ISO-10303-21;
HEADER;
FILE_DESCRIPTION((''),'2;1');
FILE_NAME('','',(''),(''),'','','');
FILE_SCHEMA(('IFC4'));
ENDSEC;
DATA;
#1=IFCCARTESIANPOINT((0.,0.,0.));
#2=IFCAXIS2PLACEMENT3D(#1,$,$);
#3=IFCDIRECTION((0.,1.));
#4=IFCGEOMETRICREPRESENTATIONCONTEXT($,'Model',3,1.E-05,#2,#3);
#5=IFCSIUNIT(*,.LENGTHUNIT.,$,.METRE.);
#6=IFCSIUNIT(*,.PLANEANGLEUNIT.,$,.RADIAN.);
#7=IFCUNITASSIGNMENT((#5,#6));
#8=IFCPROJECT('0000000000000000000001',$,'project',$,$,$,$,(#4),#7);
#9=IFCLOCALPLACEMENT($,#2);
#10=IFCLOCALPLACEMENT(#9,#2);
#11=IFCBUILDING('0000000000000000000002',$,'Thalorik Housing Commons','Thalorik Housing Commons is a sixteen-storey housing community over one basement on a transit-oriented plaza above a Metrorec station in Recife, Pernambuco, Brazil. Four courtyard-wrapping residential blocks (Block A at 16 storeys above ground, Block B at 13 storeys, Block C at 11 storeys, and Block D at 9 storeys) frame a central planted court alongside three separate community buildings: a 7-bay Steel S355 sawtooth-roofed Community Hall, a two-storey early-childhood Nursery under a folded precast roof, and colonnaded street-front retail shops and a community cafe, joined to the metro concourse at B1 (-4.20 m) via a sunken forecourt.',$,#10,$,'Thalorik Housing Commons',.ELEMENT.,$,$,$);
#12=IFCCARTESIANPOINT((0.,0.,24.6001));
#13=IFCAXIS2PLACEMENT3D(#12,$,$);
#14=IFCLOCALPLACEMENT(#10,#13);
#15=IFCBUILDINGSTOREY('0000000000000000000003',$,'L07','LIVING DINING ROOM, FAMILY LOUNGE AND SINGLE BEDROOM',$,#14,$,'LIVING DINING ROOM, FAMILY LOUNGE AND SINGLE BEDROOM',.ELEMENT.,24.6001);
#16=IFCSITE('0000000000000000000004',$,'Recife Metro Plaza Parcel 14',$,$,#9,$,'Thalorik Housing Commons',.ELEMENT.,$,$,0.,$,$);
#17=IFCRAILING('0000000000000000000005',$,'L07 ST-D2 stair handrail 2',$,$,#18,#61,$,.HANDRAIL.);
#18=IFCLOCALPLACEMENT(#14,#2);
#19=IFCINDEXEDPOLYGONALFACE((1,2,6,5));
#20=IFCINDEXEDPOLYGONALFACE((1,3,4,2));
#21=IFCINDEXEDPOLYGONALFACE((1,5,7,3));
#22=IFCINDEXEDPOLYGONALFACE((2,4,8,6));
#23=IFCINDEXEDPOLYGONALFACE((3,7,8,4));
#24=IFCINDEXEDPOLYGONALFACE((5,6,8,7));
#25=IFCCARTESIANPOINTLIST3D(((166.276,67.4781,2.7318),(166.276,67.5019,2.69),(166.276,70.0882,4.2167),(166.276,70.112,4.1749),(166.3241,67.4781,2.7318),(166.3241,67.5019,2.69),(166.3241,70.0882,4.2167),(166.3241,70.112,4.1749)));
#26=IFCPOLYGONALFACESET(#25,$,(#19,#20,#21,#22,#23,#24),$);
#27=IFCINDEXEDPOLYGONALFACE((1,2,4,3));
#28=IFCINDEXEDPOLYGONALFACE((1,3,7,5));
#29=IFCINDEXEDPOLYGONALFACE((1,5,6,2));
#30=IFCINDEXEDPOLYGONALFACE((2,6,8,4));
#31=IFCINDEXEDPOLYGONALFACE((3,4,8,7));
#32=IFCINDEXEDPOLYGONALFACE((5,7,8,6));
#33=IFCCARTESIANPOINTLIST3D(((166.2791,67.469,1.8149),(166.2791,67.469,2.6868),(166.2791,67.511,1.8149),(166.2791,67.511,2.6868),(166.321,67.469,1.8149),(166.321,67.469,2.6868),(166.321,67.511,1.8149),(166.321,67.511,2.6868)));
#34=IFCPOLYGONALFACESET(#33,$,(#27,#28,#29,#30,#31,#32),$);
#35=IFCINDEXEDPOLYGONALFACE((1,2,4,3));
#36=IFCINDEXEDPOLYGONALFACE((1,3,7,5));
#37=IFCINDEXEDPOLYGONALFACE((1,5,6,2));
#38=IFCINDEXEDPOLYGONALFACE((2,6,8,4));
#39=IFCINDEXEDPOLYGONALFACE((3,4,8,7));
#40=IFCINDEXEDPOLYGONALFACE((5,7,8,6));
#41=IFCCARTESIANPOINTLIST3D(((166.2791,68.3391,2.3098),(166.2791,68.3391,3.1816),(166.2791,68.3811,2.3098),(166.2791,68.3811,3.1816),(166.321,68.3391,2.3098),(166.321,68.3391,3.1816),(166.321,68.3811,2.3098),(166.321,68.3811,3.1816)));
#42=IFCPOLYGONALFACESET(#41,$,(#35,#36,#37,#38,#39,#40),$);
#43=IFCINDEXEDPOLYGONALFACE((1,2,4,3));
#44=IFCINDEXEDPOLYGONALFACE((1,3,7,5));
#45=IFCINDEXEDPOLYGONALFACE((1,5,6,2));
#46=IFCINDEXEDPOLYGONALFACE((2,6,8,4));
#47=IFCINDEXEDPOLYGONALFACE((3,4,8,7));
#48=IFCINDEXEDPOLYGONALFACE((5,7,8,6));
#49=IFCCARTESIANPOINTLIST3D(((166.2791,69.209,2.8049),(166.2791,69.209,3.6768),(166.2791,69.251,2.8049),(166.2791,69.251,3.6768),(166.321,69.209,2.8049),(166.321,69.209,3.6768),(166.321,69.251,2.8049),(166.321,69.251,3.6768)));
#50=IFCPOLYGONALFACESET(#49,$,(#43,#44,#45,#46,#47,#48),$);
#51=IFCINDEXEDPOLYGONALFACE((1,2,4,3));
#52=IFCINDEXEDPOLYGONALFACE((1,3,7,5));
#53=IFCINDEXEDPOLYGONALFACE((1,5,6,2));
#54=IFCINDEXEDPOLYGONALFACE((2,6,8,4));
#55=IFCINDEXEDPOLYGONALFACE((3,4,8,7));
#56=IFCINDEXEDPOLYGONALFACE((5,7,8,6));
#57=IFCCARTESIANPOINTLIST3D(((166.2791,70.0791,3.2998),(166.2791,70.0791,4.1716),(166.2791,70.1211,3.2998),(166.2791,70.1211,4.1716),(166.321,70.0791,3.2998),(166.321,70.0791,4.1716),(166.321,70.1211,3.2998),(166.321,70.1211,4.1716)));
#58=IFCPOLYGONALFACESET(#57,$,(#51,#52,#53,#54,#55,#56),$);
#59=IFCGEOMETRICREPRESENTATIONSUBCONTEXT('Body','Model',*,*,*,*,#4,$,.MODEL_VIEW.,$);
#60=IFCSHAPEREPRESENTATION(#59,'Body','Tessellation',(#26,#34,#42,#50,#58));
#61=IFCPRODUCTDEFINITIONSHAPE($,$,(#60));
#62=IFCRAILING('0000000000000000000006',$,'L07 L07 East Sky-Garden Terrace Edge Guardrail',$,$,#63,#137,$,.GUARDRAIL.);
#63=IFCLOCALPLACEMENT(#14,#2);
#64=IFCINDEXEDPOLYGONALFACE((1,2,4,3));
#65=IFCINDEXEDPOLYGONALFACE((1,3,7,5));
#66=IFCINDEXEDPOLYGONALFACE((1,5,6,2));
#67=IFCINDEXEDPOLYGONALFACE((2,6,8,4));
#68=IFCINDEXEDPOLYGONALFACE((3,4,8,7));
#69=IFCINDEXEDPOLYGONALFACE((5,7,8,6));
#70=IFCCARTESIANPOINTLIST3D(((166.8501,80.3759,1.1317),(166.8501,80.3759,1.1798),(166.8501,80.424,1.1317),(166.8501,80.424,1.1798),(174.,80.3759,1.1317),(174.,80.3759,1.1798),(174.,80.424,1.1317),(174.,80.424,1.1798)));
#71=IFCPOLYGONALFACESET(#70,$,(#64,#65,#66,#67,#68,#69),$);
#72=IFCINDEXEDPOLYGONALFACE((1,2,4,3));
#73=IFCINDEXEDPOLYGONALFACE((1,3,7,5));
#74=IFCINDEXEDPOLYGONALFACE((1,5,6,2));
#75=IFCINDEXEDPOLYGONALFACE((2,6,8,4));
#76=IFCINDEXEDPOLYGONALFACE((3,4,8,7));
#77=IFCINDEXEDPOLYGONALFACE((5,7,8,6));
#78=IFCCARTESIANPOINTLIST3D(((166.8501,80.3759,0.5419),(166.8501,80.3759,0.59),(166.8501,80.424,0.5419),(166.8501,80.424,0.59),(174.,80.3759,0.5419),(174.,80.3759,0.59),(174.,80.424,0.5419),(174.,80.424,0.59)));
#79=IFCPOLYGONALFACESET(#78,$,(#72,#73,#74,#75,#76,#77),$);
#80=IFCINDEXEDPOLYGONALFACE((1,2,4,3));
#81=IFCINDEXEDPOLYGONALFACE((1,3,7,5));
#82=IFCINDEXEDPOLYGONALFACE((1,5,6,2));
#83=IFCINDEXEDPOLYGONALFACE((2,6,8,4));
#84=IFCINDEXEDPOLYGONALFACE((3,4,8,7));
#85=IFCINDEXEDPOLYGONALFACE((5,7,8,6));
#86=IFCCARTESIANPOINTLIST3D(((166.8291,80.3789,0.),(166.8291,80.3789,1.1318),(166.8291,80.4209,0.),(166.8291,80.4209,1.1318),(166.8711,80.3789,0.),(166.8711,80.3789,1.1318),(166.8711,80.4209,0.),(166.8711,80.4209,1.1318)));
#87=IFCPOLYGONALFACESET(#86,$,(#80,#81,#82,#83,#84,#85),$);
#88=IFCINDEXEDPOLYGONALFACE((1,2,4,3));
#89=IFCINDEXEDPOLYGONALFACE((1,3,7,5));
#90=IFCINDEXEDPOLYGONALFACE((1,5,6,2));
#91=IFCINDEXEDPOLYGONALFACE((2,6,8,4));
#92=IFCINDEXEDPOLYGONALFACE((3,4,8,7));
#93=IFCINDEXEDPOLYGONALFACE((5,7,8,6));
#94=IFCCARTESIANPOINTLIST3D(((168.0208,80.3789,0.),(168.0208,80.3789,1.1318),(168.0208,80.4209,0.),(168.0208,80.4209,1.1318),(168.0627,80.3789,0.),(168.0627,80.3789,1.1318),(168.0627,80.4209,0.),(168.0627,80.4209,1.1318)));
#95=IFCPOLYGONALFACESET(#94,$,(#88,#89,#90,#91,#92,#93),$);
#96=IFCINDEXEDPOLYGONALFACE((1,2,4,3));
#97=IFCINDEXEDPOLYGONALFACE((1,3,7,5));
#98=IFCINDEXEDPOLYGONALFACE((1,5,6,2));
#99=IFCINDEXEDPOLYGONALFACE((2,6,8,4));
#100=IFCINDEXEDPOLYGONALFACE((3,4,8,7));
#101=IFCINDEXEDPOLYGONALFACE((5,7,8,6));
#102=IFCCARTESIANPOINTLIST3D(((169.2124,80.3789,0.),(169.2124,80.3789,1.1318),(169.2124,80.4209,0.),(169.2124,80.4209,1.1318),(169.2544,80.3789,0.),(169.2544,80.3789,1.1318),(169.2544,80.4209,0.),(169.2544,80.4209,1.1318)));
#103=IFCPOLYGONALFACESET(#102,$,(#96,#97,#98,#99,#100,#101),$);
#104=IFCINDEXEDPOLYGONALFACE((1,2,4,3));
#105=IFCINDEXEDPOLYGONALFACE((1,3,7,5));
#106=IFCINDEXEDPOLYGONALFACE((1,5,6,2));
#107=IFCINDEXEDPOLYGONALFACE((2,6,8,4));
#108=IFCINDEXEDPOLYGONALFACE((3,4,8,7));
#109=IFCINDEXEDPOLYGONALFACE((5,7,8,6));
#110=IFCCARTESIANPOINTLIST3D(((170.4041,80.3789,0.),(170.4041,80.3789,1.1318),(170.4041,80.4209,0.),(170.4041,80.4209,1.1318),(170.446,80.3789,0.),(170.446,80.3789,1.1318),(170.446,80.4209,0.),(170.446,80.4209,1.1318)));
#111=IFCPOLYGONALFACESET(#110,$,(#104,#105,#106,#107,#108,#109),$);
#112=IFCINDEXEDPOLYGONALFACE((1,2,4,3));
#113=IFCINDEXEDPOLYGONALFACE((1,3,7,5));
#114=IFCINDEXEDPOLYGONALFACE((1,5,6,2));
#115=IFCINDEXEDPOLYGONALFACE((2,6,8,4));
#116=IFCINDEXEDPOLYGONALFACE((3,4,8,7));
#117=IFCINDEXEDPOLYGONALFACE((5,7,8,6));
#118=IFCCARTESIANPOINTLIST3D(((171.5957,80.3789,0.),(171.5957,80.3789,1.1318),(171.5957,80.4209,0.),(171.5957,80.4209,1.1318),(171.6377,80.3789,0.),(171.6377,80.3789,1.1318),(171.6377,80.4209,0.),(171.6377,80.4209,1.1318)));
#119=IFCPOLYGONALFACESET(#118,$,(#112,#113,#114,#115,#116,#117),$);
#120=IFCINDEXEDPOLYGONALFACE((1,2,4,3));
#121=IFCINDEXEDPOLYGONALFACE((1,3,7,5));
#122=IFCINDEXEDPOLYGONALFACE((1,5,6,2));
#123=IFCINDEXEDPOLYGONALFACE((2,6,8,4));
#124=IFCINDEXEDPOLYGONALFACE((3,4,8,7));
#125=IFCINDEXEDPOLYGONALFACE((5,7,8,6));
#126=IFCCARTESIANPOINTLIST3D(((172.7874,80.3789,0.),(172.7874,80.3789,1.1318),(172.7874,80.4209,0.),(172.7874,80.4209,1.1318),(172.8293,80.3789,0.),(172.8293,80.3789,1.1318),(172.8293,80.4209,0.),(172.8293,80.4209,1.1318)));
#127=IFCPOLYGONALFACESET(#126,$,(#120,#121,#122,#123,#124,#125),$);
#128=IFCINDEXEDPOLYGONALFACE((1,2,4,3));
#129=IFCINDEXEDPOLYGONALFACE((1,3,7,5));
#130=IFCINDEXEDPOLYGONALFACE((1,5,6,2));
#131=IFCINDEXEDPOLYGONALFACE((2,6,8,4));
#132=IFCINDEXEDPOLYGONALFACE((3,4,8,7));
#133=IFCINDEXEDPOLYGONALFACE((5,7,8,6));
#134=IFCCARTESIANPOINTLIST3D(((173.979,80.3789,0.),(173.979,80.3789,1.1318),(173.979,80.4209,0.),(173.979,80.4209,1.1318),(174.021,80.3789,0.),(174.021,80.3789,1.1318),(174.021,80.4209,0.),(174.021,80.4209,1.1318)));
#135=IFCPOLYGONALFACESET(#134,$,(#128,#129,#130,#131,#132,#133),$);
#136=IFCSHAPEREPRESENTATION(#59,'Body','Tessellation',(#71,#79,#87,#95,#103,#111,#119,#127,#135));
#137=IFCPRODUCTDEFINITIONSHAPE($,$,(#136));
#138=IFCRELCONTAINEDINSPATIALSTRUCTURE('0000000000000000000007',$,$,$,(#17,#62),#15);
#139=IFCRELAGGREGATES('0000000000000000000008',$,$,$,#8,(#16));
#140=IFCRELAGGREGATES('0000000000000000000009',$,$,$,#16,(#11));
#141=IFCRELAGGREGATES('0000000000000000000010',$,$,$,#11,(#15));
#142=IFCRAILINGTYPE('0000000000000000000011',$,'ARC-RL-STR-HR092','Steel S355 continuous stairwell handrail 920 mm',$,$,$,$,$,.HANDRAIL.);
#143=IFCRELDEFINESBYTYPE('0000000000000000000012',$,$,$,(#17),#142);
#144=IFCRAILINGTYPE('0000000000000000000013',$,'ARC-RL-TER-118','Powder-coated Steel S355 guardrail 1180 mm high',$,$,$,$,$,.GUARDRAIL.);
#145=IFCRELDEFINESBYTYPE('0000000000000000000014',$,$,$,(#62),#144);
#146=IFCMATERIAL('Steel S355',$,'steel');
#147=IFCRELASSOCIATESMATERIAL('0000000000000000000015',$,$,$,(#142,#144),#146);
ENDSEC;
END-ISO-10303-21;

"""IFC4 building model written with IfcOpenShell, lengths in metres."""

from ifc_helpers import new_model, si_unit, direction, frame, origin, origin_2d, place, context, subcontext, project, spatial, rectangle, extrude, material, type_object, element, save


model = new_model("IFC4")

# Units and contexts
model_context = context("Model", 3, precision=1e-05, world=origin(), true_north=direction((0.0, 1.0)))
body_context = subcontext(model_context, "Body", "Model", "MODEL_VIEW")
ifc_project = project(units=[si_unit("LENGTHUNIT", "METRE"), si_unit("PLANEANGLEUNIT", "RADIAN")], contexts=[model_context])

# Site, building, storey
site_placement = place(None, origin())
site = spatial("IfcSite", under=ifc_project, at=site_placement, Name="Recife Metro Plaza Parcel 14", LongName="Thalorik Housing Commons", CompositionType="ELEMENT", RefElevation=0.0)
building_placement = place(site_placement, origin())
building = spatial("IfcBuilding", under=site, at=building_placement, Name="Thalorik Housing Commons", Description="Thalorik Housing Commons is a sixteen-storey housing community over one basement on a transit-oriented plaza above a Metrorec station in Recife, Pernambuco, Brazil. Four courtyard-wrapping residential blocks (Block A at 16 storeys above ground, Block B at 13 storeys, Block C at 11 storeys, and Block D at 9 storeys) frame a central planted court alongside three separate community buildings: a 7-bay Steel S355 sawtooth-roofed Community Hall, a two-storey early-childhood Nursery under a folded precast roof, and colonnaded street-front retail shops and a community cafe, joined to the metro concourse at B1 (-4.20 m) via a sunken forecourt.", LongName="Thalorik Housing Commons", CompositionType="ELEMENT")
storey_placement = place(building_placement, frame((0.0, 0.0, 24.6001)))
storey = spatial("IfcBuildingStorey", under=building, at=storey_placement, Name="L07", Description="LIVING DINING ROOM, FAMILY LOUNGE AND SINGLE BEDROOM", LongName="LIVING DINING ROOM, FAMILY LOUNGE AND SINGLE BEDROOM", CompositionType="ELEMENT", Elevation=24.6001)

# Railings
ifc_material_1 = material(Name="Steel S355", Category="steel")
railing_type_1 = type_object("IfcRailingType", Name="ARC-RL-STR-HR092", Description="Steel S355 continuous stairwell handrail 920 mm", PredefinedType="HANDRAIL", material=ifc_material_1)
railing_1_placement = place(storey_placement, frame((166.3, 67.49, 1.8149)))
element("IfcRailing", 1, at=railing_1_placement, inside=storey, type_object=railing_type_1, Name="L07 ST-D2 stair handrail 2", PredefinedType="HANDRAIL", context=body_context, shape_type="SweptSolid", body=[
    extrude(rectangle(XDim=0.0481, YDim=0.0481, at=origin_2d()), frame((0.0, 0.0, 0.896), z_axis=(0.0, 0.869192, 0.494474), x_axis=(-1.0, 0.0, 0.0)), (0.0, 0.0, 1.0), 3.0029),
    extrude(rectangle(XDim=0.042, YDim=0.042, at=origin_2d()), origin(), (0.0, 0.0, 1.0), 0.8718),
    extrude(rectangle(XDim=0.042, YDim=0.042, at=origin_2d()), frame((0.0, 0.8701, 0.4949)), (0.0, 0.0, 1.0), 0.8718),
    extrude(rectangle(XDim=0.042, YDim=0.042, at=origin_2d()), frame((0.0, 1.74, 0.99)), (0.0, 0.0, 1.0), 0.8718),
    extrude(rectangle(XDim=0.042, YDim=0.042, at=origin_2d()), frame((0.0, 2.6101, 1.4849)), (0.0, 0.0, 1.0), 0.8718),
])
railing_type_2 = type_object("IfcRailingType", Name="ARC-RL-TER-118", Description="Powder-coated Steel S355 guardrail 1180 mm high", PredefinedType="GUARDRAIL", material=ifc_material_1)
railing_2_placement = place(storey_placement, frame((166.8501, 80.3999, 0.0)))
element("IfcRailing", 2, at=railing_2_placement, inside=storey, type_object=railing_type_2, Name="L07 L07 East Sky-Garden Terrace Edge Guardrail", PredefinedType="GUARDRAIL", context=body_context, shape_type="SweptSolid", body=[
    extrude(rectangle(XDim=0.0481, YDim=0.0481, at=origin_2d()), frame((0.0, 0.0, 1.1558), z_axis=(1.0, 0.0, 0.0), x_axis=(0.0, 1.0, 0.0)), (0.0, 0.0, 1.0), 7.1499),
    extrude(rectangle(XDim=0.0481, YDim=0.0481, at=origin_2d()), frame((0.0, 0.0, 0.5659), z_axis=(1.0, 0.0, 0.0), x_axis=(0.0, 1.0, 0.0)), (0.0, 0.0, 1.0), 7.1499),
    extrude(rectangle(XDim=0.042, YDim=0.042, at=origin_2d()), origin(), (0.0, 0.0, 1.0), 1.1318),
    extrude(rectangle(XDim=0.042, YDim=0.042, at=origin_2d()), frame((1.1917, 0.0, 0.0)), (0.0, 0.0, 1.0), 1.1318),
    extrude(rectangle(XDim=0.042, YDim=0.042, at=origin_2d()), frame((2.3833, 0.0, 0.0)), (0.0, 0.0, 1.0), 1.1318),
    extrude(rectangle(XDim=0.042, YDim=0.042, at=origin_2d()), frame((3.575, 0.0, 0.0)), (0.0, 0.0, 1.0), 1.1318),
    extrude(rectangle(XDim=0.042, YDim=0.042, at=origin_2d()), frame((4.7666, 0.0, 0.0)), (0.0, 0.0, 1.0), 1.1318),
    extrude(rectangle(XDim=0.042, YDim=0.042, at=origin_2d()), frame((5.9583, 0.0, 0.0)), (0.0, 0.0, 1.0), 1.1318),
    extrude(rectangle(XDim=0.042, YDim=0.042, at=origin_2d()), frame((7.1499, 0.0, 0.0)), (0.0, 0.0, 1.0), 1.1318),
])

save(model, "model.ifc")
